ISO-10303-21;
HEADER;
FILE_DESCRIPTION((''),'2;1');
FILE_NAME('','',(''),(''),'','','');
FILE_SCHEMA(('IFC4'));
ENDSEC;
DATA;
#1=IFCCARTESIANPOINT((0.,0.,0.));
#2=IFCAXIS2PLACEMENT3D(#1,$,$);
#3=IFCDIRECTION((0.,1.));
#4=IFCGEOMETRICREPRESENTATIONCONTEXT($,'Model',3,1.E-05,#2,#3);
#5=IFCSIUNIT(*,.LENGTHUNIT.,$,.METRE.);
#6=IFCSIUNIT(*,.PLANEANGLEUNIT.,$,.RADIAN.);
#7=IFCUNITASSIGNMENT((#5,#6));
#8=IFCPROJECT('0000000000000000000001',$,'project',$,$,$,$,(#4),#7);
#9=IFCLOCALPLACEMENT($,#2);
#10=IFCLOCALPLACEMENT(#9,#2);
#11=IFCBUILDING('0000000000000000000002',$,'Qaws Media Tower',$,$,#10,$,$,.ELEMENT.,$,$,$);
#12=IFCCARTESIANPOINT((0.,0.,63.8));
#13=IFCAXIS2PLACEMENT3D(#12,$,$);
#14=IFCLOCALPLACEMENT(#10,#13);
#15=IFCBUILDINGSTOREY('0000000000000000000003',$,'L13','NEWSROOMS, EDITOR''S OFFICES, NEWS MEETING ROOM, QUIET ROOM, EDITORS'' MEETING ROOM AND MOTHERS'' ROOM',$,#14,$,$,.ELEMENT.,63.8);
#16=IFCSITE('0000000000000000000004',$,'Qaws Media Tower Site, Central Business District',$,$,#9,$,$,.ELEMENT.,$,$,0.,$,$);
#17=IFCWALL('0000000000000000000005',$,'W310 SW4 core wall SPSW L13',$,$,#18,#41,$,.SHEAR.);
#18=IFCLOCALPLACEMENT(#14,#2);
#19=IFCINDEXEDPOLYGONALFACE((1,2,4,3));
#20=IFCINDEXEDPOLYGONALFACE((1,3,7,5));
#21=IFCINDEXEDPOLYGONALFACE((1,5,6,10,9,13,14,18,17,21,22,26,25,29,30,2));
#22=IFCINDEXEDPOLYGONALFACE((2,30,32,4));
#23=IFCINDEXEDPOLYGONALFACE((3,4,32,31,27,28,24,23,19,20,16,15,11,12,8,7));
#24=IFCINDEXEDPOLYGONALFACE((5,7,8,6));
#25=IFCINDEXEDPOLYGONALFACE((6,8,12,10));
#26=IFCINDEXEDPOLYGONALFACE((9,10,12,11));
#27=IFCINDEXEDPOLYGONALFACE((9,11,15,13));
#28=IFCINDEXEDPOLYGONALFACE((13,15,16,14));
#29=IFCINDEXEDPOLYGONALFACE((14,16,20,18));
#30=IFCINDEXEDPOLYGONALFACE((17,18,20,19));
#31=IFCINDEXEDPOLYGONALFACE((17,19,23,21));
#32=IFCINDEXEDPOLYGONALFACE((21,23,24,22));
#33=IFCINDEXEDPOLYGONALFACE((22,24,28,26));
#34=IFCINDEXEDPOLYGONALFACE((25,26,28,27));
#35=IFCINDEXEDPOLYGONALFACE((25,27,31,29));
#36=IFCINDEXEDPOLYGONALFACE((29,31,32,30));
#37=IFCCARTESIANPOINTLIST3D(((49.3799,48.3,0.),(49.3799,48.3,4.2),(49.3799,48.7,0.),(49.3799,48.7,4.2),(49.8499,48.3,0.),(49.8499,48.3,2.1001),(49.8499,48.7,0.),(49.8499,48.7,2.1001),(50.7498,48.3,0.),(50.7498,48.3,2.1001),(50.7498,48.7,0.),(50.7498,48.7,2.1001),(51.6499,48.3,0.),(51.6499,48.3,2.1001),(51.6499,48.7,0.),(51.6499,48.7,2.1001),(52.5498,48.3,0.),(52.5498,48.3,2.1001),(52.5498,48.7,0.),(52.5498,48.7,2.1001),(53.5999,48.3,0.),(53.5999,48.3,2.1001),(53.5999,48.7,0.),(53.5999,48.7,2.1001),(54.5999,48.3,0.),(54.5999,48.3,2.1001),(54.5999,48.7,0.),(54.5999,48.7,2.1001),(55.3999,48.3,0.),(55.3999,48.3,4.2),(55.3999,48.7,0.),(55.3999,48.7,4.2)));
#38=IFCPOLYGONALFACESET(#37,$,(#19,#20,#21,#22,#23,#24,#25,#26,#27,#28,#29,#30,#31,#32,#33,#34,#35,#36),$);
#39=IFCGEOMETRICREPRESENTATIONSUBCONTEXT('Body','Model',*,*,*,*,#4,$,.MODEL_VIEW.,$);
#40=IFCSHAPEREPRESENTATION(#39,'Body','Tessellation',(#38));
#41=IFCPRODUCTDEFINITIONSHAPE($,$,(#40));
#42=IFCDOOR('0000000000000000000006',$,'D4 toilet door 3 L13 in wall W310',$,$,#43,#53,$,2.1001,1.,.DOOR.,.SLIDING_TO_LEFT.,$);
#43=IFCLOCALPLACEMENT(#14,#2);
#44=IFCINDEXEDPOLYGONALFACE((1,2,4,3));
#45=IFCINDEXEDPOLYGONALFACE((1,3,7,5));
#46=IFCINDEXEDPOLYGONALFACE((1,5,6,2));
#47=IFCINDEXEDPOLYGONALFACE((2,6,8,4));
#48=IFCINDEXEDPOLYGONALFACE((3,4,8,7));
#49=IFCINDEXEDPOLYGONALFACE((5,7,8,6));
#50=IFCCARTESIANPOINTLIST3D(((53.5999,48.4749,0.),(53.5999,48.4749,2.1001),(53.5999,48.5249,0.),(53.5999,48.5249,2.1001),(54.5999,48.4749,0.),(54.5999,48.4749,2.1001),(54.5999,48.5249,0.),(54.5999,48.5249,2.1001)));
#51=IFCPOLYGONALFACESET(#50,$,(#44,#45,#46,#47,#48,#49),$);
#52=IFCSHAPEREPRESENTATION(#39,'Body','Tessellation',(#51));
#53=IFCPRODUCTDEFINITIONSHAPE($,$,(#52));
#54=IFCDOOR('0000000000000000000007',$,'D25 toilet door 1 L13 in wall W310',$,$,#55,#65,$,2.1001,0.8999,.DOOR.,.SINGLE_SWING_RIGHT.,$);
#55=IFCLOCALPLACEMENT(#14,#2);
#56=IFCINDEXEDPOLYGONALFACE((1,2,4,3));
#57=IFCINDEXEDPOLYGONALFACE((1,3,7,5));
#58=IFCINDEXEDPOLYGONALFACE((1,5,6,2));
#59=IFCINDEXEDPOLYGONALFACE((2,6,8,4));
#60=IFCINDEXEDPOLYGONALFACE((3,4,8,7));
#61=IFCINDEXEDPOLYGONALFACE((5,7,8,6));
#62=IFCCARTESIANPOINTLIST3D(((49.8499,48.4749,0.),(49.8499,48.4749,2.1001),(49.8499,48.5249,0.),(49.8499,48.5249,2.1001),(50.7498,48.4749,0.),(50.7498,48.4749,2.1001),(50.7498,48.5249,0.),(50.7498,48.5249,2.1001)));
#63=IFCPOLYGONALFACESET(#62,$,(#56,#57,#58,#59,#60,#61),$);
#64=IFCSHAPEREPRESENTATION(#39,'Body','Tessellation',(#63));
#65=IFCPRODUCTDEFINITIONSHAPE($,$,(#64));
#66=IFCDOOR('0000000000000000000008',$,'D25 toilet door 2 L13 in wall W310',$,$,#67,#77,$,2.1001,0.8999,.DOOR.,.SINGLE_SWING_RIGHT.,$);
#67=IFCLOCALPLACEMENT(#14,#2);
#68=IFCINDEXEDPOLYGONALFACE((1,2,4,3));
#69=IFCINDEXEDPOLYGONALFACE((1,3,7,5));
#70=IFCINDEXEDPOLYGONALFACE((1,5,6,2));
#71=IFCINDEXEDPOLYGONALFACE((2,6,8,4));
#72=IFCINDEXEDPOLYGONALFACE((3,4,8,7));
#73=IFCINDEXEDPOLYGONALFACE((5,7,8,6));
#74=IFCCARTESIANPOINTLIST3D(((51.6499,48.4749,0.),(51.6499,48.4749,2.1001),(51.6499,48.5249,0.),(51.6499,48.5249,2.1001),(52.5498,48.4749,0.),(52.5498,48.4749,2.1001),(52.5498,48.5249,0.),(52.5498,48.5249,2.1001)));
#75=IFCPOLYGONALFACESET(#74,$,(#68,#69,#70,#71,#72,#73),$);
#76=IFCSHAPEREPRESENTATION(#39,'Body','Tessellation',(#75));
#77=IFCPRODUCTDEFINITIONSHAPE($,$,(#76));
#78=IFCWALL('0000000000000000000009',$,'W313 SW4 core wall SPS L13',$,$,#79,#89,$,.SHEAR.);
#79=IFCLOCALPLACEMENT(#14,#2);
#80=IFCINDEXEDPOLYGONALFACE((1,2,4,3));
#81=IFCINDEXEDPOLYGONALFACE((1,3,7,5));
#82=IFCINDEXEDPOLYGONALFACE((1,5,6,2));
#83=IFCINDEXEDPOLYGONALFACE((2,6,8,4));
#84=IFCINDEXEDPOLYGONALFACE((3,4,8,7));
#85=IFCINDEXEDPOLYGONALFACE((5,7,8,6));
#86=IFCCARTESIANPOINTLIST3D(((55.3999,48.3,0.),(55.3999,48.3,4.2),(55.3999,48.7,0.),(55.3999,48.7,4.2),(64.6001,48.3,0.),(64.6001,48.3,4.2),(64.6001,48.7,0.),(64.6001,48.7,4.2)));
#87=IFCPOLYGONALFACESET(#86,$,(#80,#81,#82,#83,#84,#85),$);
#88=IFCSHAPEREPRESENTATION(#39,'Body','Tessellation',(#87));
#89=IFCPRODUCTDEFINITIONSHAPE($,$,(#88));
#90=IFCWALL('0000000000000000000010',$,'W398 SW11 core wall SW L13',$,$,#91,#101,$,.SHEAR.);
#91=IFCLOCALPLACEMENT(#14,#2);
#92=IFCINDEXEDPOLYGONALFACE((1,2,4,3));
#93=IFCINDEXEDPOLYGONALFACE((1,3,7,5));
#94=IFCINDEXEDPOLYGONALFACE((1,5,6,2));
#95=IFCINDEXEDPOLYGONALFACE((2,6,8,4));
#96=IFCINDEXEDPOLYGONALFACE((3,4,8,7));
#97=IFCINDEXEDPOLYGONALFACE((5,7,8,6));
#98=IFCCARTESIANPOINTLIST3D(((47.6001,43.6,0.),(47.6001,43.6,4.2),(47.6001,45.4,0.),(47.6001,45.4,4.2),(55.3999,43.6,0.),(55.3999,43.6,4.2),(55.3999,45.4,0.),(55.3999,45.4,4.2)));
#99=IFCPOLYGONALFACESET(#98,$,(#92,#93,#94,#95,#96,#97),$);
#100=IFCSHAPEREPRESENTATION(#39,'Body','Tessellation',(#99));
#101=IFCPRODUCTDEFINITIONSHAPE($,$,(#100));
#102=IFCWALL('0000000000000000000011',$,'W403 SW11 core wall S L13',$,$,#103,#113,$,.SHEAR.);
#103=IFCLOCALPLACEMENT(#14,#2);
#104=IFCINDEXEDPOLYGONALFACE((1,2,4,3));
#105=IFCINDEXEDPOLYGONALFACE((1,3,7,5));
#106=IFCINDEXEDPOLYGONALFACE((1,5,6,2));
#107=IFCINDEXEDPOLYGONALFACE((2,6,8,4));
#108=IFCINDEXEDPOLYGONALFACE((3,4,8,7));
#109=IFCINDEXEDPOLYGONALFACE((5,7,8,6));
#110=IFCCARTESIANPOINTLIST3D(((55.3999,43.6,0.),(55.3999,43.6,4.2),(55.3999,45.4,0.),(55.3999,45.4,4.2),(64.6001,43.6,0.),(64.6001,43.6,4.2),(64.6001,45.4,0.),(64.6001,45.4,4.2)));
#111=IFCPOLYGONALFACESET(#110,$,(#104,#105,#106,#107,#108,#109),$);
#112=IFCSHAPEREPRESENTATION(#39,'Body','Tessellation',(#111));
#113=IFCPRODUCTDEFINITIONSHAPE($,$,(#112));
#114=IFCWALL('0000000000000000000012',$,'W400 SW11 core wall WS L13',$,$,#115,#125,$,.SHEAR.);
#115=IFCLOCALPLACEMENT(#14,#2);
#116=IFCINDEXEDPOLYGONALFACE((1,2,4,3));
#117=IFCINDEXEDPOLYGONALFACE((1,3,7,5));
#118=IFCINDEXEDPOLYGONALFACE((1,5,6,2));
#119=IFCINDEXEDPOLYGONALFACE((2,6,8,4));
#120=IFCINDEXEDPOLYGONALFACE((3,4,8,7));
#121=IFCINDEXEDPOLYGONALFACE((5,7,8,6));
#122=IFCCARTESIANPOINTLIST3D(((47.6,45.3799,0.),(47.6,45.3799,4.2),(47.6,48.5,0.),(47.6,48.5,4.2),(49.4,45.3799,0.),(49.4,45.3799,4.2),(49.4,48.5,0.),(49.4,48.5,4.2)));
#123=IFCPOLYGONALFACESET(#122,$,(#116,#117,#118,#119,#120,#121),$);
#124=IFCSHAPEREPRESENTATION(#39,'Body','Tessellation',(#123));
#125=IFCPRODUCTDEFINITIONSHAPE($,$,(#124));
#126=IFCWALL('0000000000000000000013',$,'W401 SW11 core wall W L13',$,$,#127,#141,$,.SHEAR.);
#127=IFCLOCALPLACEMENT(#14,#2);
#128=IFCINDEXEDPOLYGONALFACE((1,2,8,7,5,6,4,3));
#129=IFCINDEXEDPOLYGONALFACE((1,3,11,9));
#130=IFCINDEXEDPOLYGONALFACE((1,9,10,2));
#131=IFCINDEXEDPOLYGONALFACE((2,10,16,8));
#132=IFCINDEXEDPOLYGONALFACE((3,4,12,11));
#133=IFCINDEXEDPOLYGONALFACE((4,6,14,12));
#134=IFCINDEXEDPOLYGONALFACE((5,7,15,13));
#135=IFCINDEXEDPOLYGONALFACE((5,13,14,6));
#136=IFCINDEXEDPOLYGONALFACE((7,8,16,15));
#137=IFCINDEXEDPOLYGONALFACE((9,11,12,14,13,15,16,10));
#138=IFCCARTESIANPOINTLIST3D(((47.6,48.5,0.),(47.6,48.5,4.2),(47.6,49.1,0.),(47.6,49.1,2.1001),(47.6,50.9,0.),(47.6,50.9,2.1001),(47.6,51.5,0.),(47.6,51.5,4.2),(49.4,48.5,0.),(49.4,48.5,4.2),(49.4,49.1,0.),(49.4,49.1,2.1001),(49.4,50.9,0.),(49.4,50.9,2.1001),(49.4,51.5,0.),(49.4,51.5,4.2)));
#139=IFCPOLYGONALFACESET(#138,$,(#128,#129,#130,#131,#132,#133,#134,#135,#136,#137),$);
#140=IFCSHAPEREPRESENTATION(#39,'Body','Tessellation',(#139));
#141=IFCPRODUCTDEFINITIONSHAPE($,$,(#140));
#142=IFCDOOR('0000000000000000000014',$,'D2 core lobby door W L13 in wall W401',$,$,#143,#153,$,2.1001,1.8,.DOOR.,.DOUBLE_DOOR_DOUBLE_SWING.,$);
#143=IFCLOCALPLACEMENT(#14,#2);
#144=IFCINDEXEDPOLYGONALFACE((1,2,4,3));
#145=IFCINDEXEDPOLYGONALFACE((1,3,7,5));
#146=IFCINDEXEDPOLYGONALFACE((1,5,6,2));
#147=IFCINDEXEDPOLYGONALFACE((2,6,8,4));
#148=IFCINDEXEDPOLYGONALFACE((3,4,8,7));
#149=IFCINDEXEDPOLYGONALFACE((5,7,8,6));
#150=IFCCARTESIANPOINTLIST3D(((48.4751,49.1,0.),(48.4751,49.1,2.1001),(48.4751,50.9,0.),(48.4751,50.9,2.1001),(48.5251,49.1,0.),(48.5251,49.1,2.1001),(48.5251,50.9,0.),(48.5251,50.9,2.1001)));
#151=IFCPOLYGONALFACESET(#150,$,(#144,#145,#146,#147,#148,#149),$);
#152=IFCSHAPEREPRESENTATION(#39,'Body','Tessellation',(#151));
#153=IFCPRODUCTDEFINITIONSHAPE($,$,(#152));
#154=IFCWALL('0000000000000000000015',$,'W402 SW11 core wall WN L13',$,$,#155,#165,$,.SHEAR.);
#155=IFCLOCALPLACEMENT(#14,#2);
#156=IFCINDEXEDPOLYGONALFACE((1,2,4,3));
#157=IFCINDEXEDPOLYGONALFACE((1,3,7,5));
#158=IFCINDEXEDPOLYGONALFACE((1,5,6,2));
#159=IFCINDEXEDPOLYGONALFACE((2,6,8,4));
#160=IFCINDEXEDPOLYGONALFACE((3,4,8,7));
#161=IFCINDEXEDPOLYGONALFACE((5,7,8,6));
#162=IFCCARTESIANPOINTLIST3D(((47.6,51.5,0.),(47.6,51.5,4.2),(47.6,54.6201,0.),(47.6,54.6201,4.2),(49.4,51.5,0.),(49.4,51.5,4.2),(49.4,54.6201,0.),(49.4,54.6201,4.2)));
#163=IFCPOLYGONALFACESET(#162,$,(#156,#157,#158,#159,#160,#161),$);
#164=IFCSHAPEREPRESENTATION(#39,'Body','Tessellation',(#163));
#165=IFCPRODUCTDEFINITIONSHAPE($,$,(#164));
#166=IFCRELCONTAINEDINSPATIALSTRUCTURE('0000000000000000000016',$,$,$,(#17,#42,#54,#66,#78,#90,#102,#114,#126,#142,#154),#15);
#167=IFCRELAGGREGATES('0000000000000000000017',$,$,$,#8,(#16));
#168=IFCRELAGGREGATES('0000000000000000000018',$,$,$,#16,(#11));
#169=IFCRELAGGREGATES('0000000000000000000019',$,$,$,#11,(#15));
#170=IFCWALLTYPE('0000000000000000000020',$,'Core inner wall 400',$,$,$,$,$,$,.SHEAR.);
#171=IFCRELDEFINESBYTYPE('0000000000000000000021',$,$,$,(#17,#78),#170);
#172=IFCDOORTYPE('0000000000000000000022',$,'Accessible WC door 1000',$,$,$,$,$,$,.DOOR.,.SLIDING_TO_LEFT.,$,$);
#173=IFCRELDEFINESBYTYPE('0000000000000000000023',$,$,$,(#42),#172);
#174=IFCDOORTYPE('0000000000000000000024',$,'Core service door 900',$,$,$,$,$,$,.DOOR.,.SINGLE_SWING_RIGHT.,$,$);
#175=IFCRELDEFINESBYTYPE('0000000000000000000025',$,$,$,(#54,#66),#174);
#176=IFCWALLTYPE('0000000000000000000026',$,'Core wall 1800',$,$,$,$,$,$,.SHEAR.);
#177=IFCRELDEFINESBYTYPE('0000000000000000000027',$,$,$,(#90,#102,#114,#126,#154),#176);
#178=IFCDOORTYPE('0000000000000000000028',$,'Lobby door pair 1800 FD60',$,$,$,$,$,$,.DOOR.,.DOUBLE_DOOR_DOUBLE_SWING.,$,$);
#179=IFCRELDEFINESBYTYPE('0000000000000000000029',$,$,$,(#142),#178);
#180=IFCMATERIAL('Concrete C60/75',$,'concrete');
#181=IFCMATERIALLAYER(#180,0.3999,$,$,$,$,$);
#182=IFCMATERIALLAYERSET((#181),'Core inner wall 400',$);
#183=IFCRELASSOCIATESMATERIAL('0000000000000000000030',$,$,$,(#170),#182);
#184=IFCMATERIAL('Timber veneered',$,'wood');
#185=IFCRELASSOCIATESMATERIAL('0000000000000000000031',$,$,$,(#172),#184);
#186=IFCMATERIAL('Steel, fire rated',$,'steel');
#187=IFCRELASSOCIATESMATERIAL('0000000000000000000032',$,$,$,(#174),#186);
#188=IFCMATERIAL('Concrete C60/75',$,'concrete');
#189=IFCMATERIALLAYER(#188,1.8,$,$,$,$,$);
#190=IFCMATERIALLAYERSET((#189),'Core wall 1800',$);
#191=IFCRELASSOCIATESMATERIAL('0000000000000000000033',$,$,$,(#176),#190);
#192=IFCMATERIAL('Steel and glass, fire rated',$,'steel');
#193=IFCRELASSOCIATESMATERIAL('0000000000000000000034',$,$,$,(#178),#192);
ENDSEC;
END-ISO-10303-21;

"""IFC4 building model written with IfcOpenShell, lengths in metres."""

from ifc_helpers import new_model, si_unit, direction, frame, frame_2d, origin, place, context, subcontext, project, spatial, rectangle, extrude, material, layer, layer_set, type_object, element, fill, save


model = new_model("IFC4")

# Units and contexts
model_context = context("Model", 3, precision=1e-05, world=origin(), true_north=direction((0.0, 1.0)))
body_context = subcontext(model_context, "Body", "Model", "MODEL_VIEW")
ifc_project = project(units=[si_unit("LENGTHUNIT", "METRE"), si_unit("PLANEANGLEUNIT", "RADIAN")], contexts=[model_context])

# Site, building, storey
site_placement = place(None, origin())
site = spatial("IfcSite", under=ifc_project, at=site_placement, Name="Qaws Media Tower Site, Central Business District", CompositionType="ELEMENT", RefElevation=0.0)
building_placement = place(site_placement, origin())
building = spatial("IfcBuilding", under=site, at=building_placement, Name="Qaws Media Tower", CompositionType="ELEMENT")
storey_placement = place(building_placement, frame((0.0, 0.0, 63.8)))
storey = spatial("IfcBuildingStorey", under=building, at=storey_placement, Name="L13", Description="NEWSROOMS, EDITOR'S OFFICES, NEWS MEETING ROOM, QUIET ROOM, EDITORS' MEETING ROOM AND MOTHERS' ROOM", CompositionType="ELEMENT", Elevation=63.8)

# Shared definitions
ifc_material_1 = material(Name="Concrete C60/75", Category="concrete")
ifc_layer_1 = layer(ifc_material_1, 0.3999)
ifc_layer_set_1 = layer_set([ifc_layer_1], Name="Core inner wall 400")
wall_type_1 = type_object("IfcWallType", Name="Core inner wall 400", PredefinedType="SHEAR", material=ifc_layer_set_1)

# Wall, openings, doors
wall_1_placement = place(storey_placement, frame((49.3799, 48.5, 0.0), z_axis=(0.0, 0.0, 1.0), x_axis=(1.0, 0.0, 0.0)))
wall_1 = element("IfcWall", 1, at=wall_1_placement, inside=storey, type_object=wall_type_1, Name="W310 SW4 core wall SPSW L13", PredefinedType="SHEAR", context=body_context, shape_type="SweptSolid", body=[
    extrude(rectangle(XDim=6.02, YDim=0.3999, at=frame_2d((3.01, 0.0))), origin(), (0.0, 0.0, 1.0), 4.2),
])
opening_1_placement = place(wall_1_placement, frame((0.47, 0.0, 0.0)))
opening_1 = element("IfcOpeningElement", 2, at=opening_1_placement, cuts=wall_1, PredefinedType="OPENING", context=body_context, shape_type="SweptSolid", body=[
    extrude(rectangle(XDim=0.8999, YDim=2.1001, at=frame_2d((0.45, 1.05))), frame((0.0, 0.21, 0.0), z_axis=(0.0, -1.0, 0.0), x_axis=(1.0, 0.0, 0.0)), (0.0, 0.0, 1.0), 0.4199),
])
opening_2_placement = place(wall_1_placement, frame((2.27, 0.0, 0.0)))
opening_2 = element("IfcOpeningElement", 3, at=opening_2_placement, cuts=wall_1, PredefinedType="OPENING", context=body_context, shape_type="SweptSolid", body=[
    extrude(rectangle(XDim=0.8999, YDim=2.1001, at=frame_2d((0.45, 1.05))), frame((0.0, 0.21, 0.0), z_axis=(0.0, -1.0, 0.0), x_axis=(1.0, 0.0, 0.0)), (0.0, 0.0, 1.0), 0.4199),
])
opening_3_placement = place(wall_1_placement, frame((4.22, 0.0, 0.0)))
opening_3 = element("IfcOpeningElement", 4, at=opening_3_placement, cuts=wall_1, PredefinedType="OPENING", context=body_context, shape_type="SweptSolid", body=[
    extrude(rectangle(XDim=1.0, YDim=2.1001, at=frame_2d((0.5, 1.05))), frame((0.0, 0.21, 0.0), z_axis=(0.0, -1.0, 0.0), x_axis=(1.0, 0.0, 0.0)), (0.0, 0.0, 1.0), 0.4199),
])
ifc_material_2 = material(Name="Timber veneered", Category="wood")
door_type_1 = type_object("IfcDoorType", Name="Accessible WC door 1000", OperationType="SLIDING_TO_LEFT", PredefinedType="DOOR", material=ifc_material_2)
door_1_placement = place(opening_3_placement, origin())
door_1 = element("IfcDoor", 5, at=door_1_placement, inside=storey, type_object=door_type_1, Name="D4 toilet door 3 L13 in wall W310", OperationType="SLIDING_TO_LEFT", OverallHeight=2.1001, OverallWidth=1.0, PredefinedType="DOOR", context=body_context, shape_type="SweptSolid", body=[
    extrude(rectangle(XDim=1.0, YDim=2.1001, at=frame_2d((0.5, 1.05))), frame((0.0, 0.0249, 0.0), z_axis=(0.0, -1.0, 0.0), x_axis=(1.0, 0.0, 0.0)), (0.0, 0.0, 1.0), 0.05),
])
fill(opening_3, door_1)
ifc_material_3 = material(Name="Steel, fire rated", Category="steel")
door_type_2 = type_object("IfcDoorType", Name="Core service door 900", OperationType="SINGLE_SWING_RIGHT", PredefinedType="DOOR", material=ifc_material_3)
door_2_placement = place(opening_1_placement, origin())
door_2 = element("IfcDoor", 6, at=door_2_placement, inside=storey, type_object=door_type_2, Name="D25 toilet door 1 L13 in wall W310", OperationType="SINGLE_SWING_RIGHT", OverallHeight=2.1001, OverallWidth=0.8999, PredefinedType="DOOR", context=body_context, shape_type="SweptSolid", body=[
    extrude(rectangle(XDim=0.8999, YDim=2.1001, at=frame_2d((0.45, 1.05))), frame((0.0, 0.0249, 0.0), z_axis=(0.0, -1.0, 0.0), x_axis=(1.0, 0.0, 0.0)), (0.0, 0.0, 1.0), 0.05),
])
fill(opening_1, door_2)
door_3_placement = place(opening_2_placement, origin())
door_3 = element("IfcDoor", 7, at=door_3_placement, inside=storey, type_object=door_type_2, Name="D25 toilet door 2 L13 in wall W310", OperationType="SINGLE_SWING_RIGHT", OverallHeight=2.1001, OverallWidth=0.8999, PredefinedType="DOOR", context=body_context, shape_type="SweptSolid", body=[
    extrude(rectangle(XDim=0.8999, YDim=2.1001, at=frame_2d((0.45, 1.05))), frame((0.0, 0.0249, 0.0), z_axis=(0.0, -1.0, 0.0), x_axis=(1.0, 0.0, 0.0)), (0.0, 0.0, 1.0), 0.05),
])
fill(opening_2, door_3)

# Walls
wall_2_placement = place(storey_placement, frame((55.3999, 48.5, 0.0), z_axis=(0.0, 0.0, 1.0), x_axis=(1.0, 0.0, 0.0)))
element("IfcWall", 8, at=wall_2_placement, inside=storey, type_object=wall_type_1, Name="W313 SW4 core wall SPS L13", PredefinedType="SHEAR", context=body_context, shape_type="SweptSolid", body=[
    extrude(rectangle(XDim=9.2002, YDim=0.3999, at=frame_2d((4.6001, 0.0))), origin(), (0.0, 0.0, 1.0), 4.2),
])
ifc_material_4 = material(Name="Concrete C60/75", Category="concrete")
ifc_layer_2 = layer(ifc_material_4, 1.8)
ifc_layer_set_2 = layer_set([ifc_layer_2], Name="Core wall 1800")
wall_type_2 = type_object("IfcWallType", Name="Core wall 1800", PredefinedType="SHEAR", material=ifc_layer_set_2)
wall_3_placement = place(storey_placement, frame((47.6001, 44.5, 0.0), z_axis=(0.0, 0.0, 1.0), x_axis=(1.0, 0.0, 0.0)))
element("IfcWall", 9, at=wall_3_placement, inside=storey, type_object=wall_type_2, Name="W398 SW11 core wall SW L13", PredefinedType="SHEAR", context=body_context, shape_type="SweptSolid", body=[
    extrude(rectangle(XDim=7.7998, YDim=1.8, at=frame_2d((3.8999, 0.0))), origin(), (0.0, 0.0, 1.0), 4.2),
])
wall_4_placement = place(storey_placement, frame((55.3999, 44.5, 0.0), z_axis=(0.0, 0.0, 1.0), x_axis=(1.0, 0.0, 0.0)))
element("IfcWall", 10, at=wall_4_placement, inside=storey, type_object=wall_type_2, Name="W403 SW11 core wall S L13", PredefinedType="SHEAR", context=body_context, shape_type="SweptSolid", body=[
    extrude(rectangle(XDim=9.2002, YDim=1.8, at=frame_2d((4.6001, 0.0))), origin(), (0.0, 0.0, 1.0), 4.2),
])
wall_5_placement = place(storey_placement, frame((48.5, 45.3799, 0.0), z_axis=(0.0, 0.0, 1.0), x_axis=(0.0, 1.0, 0.0)))
element("IfcWall", 11, at=wall_5_placement, inside=storey, type_object=wall_type_2, Name="W400 SW11 core wall WS L13", PredefinedType="SHEAR", context=body_context, shape_type="SweptSolid", body=[
    extrude(rectangle(XDim=3.1201, YDim=1.8, at=frame_2d((1.5601, 0.0))), origin(), (0.0, 0.0, 1.0), 4.2),
])

# Wall, opening, door
wall_6_placement = place(storey_placement, frame((48.5, 48.5, 0.0), z_axis=(0.0, 0.0, 1.0), x_axis=(0.0, 1.0, 0.0)))
wall_6 = element("IfcWall", 12, at=wall_6_placement, inside=storey, type_object=wall_type_2, Name="W401 SW11 core wall W L13", PredefinedType="SHEAR", context=body_context, shape_type="SweptSolid", body=[
    extrude(rectangle(XDim=3.0, YDim=1.8, at=frame_2d((1.5, 0.0))), origin(), (0.0, 0.0, 1.0), 4.2),
])
opening_4_placement = place(wall_6_placement, frame((0.6001, 0.0, 0.0)))
opening_4 = element("IfcOpeningElement", 13, at=opening_4_placement, cuts=wall_6, PredefinedType="OPENING", context=body_context, shape_type="SweptSolid", body=[
    extrude(rectangle(XDim=1.8, YDim=2.1001, at=frame_2d((0.8999, 1.05))), frame((0.0, 0.9099, 0.0), z_axis=(0.0, -1.0, 0.0), x_axis=(1.0, 0.0, 0.0)), (0.0, 0.0, 1.0), 1.8201),
])
ifc_material_5 = material(Name="Steel and glass, fire rated", Category="steel")
door_type_3 = type_object("IfcDoorType", Name="Lobby door pair 1800 FD60", OperationType="DOUBLE_DOOR_DOUBLE_SWING", PredefinedType="DOOR", material=ifc_material_5)
door_4_placement = place(opening_4_placement, origin())
door_4 = element("IfcDoor", 14, at=door_4_placement, inside=storey, type_object=door_type_3, Name="D2 core lobby door W L13 in wall W401", OperationType="DOUBLE_DOOR_DOUBLE_SWING", OverallHeight=2.1001, OverallWidth=1.8, PredefinedType="DOOR", context=body_context, shape_type="SweptSolid", body=[
    extrude(rectangle(XDim=1.8, YDim=2.1001, at=frame_2d((0.8999, 1.05))), frame((0.0, 0.0249, 0.0), z_axis=(0.0, -1.0, 0.0), x_axis=(1.0, 0.0, 0.0)), (0.0, 0.0, 1.0), 0.05),
])
fill(opening_4, door_4)

# Wall
wall_7_placement = place(storey_placement, frame((48.5, 51.5, 0.0), z_axis=(0.0, 0.0, 1.0), x_axis=(0.0, 1.0, 0.0)))
element("IfcWall", 15, at=wall_7_placement, inside=storey, type_object=wall_type_2, Name="W402 SW11 core wall WN L13", PredefinedType="SHEAR", context=body_context, shape_type="SweptSolid", body=[
    extrude(rectangle(XDim=3.1201, YDim=1.8, at=frame_2d((1.5601, 0.0))), origin(), (0.0, 0.0, 1.0), 4.2),
])

save(model, "model.ifc")
